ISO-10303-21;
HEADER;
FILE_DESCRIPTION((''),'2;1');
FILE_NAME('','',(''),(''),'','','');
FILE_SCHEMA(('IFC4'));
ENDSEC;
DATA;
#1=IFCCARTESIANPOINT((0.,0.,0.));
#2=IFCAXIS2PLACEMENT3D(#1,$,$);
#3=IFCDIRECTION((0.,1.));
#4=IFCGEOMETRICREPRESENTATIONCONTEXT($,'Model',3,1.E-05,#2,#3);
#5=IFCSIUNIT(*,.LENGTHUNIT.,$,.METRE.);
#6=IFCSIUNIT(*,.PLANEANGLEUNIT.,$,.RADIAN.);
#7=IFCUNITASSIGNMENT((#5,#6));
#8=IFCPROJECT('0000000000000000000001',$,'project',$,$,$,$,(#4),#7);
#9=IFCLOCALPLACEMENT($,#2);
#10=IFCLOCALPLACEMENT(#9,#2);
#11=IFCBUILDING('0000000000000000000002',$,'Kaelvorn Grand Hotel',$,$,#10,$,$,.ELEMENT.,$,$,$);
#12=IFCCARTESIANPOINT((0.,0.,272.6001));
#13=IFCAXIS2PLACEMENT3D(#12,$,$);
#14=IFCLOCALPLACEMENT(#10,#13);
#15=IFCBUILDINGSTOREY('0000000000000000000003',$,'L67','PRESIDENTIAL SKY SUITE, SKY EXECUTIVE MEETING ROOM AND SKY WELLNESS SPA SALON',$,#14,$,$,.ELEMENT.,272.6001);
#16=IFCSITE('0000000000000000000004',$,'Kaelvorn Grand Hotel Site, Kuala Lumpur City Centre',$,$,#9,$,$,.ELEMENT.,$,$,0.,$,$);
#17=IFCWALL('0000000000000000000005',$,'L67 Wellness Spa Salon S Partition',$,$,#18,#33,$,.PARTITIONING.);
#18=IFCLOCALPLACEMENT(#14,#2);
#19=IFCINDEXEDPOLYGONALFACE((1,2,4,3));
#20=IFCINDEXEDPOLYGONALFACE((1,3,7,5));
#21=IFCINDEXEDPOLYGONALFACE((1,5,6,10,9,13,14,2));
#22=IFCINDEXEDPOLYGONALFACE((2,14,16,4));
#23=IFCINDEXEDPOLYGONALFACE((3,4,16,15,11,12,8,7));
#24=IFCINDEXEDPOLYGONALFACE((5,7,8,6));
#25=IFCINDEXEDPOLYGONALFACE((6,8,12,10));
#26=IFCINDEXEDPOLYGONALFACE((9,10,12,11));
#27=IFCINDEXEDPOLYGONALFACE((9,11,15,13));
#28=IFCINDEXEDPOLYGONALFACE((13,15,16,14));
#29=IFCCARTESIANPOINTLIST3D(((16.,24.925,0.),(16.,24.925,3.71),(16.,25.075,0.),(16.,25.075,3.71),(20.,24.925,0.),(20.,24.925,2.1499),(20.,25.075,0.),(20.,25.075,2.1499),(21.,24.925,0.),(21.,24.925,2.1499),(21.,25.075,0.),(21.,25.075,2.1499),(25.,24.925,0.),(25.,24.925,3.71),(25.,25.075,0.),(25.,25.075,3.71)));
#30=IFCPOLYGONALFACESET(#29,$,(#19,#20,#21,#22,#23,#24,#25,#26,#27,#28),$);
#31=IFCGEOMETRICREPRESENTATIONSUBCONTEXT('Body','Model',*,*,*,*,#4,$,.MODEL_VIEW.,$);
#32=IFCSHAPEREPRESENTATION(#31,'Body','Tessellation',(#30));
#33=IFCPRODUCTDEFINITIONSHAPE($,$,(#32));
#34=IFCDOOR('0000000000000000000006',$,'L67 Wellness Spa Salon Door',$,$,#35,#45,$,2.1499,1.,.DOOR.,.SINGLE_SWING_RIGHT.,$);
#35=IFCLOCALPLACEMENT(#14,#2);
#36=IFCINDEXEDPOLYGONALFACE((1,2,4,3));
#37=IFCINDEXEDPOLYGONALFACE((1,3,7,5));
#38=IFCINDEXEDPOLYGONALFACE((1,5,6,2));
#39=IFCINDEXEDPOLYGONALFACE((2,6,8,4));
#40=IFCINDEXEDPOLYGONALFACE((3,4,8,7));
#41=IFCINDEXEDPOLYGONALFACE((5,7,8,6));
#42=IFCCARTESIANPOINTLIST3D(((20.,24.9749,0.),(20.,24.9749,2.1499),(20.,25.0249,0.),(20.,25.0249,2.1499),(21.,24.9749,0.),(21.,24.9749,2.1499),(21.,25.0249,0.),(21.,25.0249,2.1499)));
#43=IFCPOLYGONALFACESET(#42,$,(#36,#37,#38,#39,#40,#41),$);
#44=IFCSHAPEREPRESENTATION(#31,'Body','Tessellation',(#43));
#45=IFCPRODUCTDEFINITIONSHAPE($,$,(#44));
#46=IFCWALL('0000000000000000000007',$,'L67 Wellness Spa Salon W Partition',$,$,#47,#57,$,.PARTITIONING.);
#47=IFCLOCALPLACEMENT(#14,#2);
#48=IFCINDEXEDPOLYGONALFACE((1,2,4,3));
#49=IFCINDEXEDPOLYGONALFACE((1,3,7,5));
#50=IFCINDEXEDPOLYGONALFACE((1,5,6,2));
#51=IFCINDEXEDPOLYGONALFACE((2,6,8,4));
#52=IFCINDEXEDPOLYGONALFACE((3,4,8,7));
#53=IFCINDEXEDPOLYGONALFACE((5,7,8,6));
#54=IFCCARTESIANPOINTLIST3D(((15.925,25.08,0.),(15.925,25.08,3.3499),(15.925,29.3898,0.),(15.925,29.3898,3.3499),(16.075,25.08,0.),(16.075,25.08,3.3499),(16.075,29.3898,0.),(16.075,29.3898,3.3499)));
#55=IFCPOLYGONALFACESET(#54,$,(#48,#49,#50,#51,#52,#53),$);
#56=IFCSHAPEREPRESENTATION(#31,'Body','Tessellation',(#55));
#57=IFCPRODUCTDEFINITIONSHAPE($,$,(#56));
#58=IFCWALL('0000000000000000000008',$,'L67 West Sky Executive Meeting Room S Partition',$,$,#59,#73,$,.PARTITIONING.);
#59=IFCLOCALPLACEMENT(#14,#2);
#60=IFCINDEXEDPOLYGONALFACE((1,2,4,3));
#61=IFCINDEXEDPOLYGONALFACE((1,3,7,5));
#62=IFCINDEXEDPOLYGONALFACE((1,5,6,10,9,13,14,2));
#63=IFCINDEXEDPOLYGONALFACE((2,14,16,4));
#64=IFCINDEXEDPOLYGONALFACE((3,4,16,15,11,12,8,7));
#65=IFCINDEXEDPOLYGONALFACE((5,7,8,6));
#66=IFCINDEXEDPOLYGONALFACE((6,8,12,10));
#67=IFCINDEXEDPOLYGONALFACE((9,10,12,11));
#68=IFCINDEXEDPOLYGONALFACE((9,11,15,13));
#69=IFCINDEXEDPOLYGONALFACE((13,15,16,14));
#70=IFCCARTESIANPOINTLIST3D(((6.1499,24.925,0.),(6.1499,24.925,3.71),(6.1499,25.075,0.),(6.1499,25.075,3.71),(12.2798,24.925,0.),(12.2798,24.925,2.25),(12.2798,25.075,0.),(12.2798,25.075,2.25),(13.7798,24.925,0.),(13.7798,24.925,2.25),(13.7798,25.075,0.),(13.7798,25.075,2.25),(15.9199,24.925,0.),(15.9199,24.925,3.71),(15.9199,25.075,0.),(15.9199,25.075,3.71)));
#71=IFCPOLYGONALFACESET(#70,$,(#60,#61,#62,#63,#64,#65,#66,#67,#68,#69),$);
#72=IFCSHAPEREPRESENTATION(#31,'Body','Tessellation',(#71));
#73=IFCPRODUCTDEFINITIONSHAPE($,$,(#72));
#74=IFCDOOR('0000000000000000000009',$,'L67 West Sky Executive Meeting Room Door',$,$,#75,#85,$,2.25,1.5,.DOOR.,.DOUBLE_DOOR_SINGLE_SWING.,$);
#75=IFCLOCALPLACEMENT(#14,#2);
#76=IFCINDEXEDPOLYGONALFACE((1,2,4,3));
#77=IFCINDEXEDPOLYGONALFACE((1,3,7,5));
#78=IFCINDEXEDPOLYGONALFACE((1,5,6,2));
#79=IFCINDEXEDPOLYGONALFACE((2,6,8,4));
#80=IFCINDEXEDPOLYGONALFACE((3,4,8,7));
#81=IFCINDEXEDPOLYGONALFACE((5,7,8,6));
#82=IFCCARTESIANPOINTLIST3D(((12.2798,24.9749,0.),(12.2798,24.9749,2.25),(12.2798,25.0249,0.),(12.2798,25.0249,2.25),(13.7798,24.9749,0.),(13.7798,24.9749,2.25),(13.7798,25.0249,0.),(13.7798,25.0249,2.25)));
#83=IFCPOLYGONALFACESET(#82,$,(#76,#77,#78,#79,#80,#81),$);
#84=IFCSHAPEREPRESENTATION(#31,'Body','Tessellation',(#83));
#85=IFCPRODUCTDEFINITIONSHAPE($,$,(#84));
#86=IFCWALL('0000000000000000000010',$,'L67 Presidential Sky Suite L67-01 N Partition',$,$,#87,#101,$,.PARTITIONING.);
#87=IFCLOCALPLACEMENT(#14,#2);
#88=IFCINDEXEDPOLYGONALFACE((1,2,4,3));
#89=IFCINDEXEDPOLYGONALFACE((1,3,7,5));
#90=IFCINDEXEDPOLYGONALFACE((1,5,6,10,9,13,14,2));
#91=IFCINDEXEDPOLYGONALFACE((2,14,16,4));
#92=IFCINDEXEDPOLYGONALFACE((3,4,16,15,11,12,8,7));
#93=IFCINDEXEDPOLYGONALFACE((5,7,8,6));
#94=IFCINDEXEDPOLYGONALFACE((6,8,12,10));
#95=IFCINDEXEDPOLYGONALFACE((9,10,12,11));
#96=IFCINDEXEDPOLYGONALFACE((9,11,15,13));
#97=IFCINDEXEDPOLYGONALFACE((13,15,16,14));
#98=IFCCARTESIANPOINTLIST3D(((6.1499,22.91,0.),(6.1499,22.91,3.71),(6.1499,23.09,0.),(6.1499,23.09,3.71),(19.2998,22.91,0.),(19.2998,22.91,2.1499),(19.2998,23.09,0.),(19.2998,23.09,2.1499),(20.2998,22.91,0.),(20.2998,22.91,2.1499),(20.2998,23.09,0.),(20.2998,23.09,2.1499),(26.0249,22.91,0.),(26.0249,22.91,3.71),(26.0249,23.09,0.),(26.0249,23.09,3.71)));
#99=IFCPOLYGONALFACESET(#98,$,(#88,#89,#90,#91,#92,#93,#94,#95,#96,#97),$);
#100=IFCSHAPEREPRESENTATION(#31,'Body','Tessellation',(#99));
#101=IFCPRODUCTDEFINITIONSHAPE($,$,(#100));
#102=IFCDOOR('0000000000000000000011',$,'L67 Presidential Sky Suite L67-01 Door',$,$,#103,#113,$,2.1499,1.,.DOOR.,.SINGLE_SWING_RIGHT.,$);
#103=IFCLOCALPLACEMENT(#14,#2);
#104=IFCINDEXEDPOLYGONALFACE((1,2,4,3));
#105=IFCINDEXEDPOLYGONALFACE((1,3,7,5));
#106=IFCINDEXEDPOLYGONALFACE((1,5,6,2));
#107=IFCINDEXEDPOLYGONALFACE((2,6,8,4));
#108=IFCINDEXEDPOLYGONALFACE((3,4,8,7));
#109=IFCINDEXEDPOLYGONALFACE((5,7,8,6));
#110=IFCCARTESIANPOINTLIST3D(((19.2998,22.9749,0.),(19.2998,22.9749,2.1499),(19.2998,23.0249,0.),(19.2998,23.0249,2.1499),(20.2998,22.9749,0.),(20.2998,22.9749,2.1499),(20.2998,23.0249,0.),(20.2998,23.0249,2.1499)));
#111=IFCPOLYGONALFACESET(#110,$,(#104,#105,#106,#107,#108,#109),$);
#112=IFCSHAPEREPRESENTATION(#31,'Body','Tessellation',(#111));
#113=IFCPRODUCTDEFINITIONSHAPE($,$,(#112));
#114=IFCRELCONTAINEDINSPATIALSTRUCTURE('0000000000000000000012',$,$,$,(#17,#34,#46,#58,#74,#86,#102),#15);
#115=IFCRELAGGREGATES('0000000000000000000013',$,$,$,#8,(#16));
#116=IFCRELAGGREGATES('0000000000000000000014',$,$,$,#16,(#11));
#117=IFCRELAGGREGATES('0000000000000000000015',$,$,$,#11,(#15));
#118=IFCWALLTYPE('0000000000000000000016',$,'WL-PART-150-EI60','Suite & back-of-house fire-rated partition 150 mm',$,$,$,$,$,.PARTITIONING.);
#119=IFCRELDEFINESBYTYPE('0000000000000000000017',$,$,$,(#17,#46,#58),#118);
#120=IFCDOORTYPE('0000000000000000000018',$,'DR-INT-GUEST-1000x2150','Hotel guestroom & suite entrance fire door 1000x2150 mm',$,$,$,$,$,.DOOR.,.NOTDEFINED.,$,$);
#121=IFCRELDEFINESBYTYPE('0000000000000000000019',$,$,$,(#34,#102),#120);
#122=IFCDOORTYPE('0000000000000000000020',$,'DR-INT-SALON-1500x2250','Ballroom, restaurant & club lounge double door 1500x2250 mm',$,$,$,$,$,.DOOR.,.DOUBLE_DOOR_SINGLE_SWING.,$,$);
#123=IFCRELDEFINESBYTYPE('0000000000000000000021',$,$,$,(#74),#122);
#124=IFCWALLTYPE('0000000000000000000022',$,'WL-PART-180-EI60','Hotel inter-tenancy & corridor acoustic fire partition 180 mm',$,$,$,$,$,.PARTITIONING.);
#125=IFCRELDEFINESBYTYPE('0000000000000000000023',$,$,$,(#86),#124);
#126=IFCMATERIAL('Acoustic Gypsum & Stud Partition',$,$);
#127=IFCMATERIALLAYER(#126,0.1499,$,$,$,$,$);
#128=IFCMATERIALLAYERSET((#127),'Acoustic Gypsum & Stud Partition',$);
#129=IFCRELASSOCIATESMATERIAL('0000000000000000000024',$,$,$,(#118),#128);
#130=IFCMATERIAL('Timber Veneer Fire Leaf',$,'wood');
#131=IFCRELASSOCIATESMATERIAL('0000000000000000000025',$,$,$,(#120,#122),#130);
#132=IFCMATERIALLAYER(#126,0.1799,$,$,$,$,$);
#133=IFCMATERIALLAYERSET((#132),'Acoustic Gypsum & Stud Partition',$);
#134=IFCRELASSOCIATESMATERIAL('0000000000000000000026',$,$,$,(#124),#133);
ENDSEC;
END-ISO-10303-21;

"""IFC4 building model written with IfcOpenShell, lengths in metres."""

from ifc_helpers import new_model, si_unit, direction, frame, frame_2d, origin, place, context, subcontext, project, spatial, rectangle, extrude, material, layer, layer_set, type_object, element, fill, save


model = new_model("IFC4")

# Units and contexts
model_context = context("Model", 3, precision=1e-05, world=origin(), true_north=direction((0.0, 1.0)))
body_context = subcontext(model_context, "Body", "Model", "MODEL_VIEW")
ifc_project = project(units=[si_unit("LENGTHUNIT", "METRE"), si_unit("PLANEANGLEUNIT", "RADIAN")], contexts=[model_context])

# Site, building, storey
site_placement = place(None, origin())
site = spatial("IfcSite", under=ifc_project, at=site_placement, Name="Kaelvorn Grand Hotel Site, Kuala Lumpur City Centre", CompositionType="ELEMENT", RefElevation=0.0)
building_placement = place(site_placement, origin())
building = spatial("IfcBuilding", under=site, at=building_placement, Name="Kaelvorn Grand Hotel", CompositionType="ELEMENT")
storey_placement = place(building_placement, frame((0.0, 0.0, 272.6001)))
storey = spatial("IfcBuildingStorey", under=building, at=storey_placement, Name="L67", Description="PRESIDENTIAL SKY SUITE, SKY EXECUTIVE MEETING ROOM AND SKY WELLNESS SPA SALON", CompositionType="ELEMENT", Elevation=272.6001)

# Wall, opening, door
ifc_material_1 = material(Name="Acoustic Gypsum & Stud Partition")
ifc_layer_1 = layer(ifc_material_1, 0.1499)
ifc_layer_set_1 = layer_set([ifc_layer_1], Name="Acoustic Gypsum & Stud Partition")
wall_type_1 = type_object("IfcWallType", Name="WL-PART-150-EI60", Description="Suite & back-of-house fire-rated partition 150 mm", PredefinedType="PARTITIONING", material=ifc_layer_set_1)
wall_1_placement = place(storey_placement, frame((16.0, 25.0, 0.0), z_axis=(0.0, 0.0, 1.0), x_axis=(1.0, 0.0, 0.0)))
wall_1 = element("IfcWall", 1, at=wall_1_placement, inside=storey, type_object=wall_type_1, Name="L67 Wellness Spa Salon S Partition", PredefinedType="PARTITIONING", context=body_context, shape_type="SweptSolid", body=[
    extrude(rectangle(XDim=9.0, YDim=0.1499, at=frame_2d((4.5, 0.0))), origin(), (0.0, 0.0, 1.0), 3.71),
])
opening_1_placement = place(wall_1_placement, frame((4.0, 0.0, 0.0)))
opening_1 = element("IfcOpeningElement", 2, at=opening_1_placement, cuts=wall_1, PredefinedType="OPENING", context=body_context, shape_type="SweptSolid", body=[
    extrude(rectangle(XDim=1.0, YDim=2.1499, at=frame_2d((0.5, 1.075))), frame((0.0, 0.085, 0.0), z_axis=(0.0, -1.0, 0.0), x_axis=(1.0, 0.0, 0.0)), (0.0, 0.0, 1.0), 0.1699),
])
ifc_material_2 = material(Name="Timber Veneer Fire Leaf", Category="wood")
door_type_1 = type_object("IfcDoorType", Name="DR-INT-GUEST-1000x2150", Description="Hotel guestroom & suite entrance fire door 1000x2150 mm", OperationType="NOTDEFINED", PredefinedType="DOOR", material=ifc_material_2)
door_1_placement = place(opening_1_placement, origin())
door_1 = element("IfcDoor", 3, at=door_1_placement, inside=storey, type_object=door_type_1, Name="L67 Wellness Spa Salon Door", OperationType="SINGLE_SWING_RIGHT", OverallHeight=2.1499, OverallWidth=1.0, PredefinedType="DOOR", context=body_context, shape_type="SweptSolid", body=[
    extrude(rectangle(XDim=1.0, YDim=2.1499, at=frame_2d((0.5, 1.075))), frame((0.0, 0.0249, 0.0), z_axis=(0.0, -1.0, 0.0), x_axis=(1.0, 0.0, 0.0)), (0.0, 0.0, 1.0), 0.05),
])
fill(opening_1, door_1)

# Wall
wall_2_placement = place(storey_placement, frame((16.0, 25.0801, 0.0), z_axis=(0.0, 0.0, 1.0), x_axis=(0.0, 1.0, 0.0)))
element("IfcWall", 4, at=wall_2_placement, inside=storey, type_object=wall_type_1, Name="L67 Wellness Spa Salon W Partition", PredefinedType="PARTITIONING", context=body_context, shape_type="SweptSolid", body=[
    extrude(rectangle(XDim=4.3098, YDim=0.1499, at=frame_2d((2.1548, 0.0))), origin(), (0.0, 0.0, 1.0), 3.3499),
])

# Walls, openings, doors
wall_3_placement = place(storey_placement, frame((6.1499, 25.0, 0.0), z_axis=(0.0, 0.0, 1.0), x_axis=(1.0, 0.0, 0.0)))
wall_3 = element("IfcWall", 5, at=wall_3_placement, inside=storey, type_object=wall_type_1, Name="L67 West Sky Executive Meeting Room S Partition", PredefinedType="PARTITIONING", context=body_context, shape_type="SweptSolid", body=[
    extrude(rectangle(XDim=9.77, YDim=0.1499, at=frame_2d((4.885, 0.0))), origin(), (0.0, 0.0, 1.0), 3.71),
])
opening_2_placement = place(wall_3_placement, frame((6.1299, 0.0, 0.0)))
opening_2 = element("IfcOpeningElement", 6, at=opening_2_placement, cuts=wall_3, PredefinedType="OPENING", context=body_context, shape_type="SweptSolid", body=[
    extrude(rectangle(XDim=1.5, YDim=2.25, at=frame_2d((0.75, 1.125))), frame((0.0, 0.085, 0.0), z_axis=(0.0, -1.0, 0.0), x_axis=(1.0, 0.0, 0.0)), (0.0, 0.0, 1.0), 0.1699),
])
door_type_2 = type_object("IfcDoorType", Name="DR-INT-SALON-1500x2250", Description="Ballroom, restaurant & club lounge double door 1500x2250 mm", OperationType="DOUBLE_DOOR_SINGLE_SWING", PredefinedType="DOOR", material=ifc_material_2)
door_2_placement = place(opening_2_placement, origin())
door_2 = element("IfcDoor", 7, at=door_2_placement, inside=storey, type_object=door_type_2, Name="L67 West Sky Executive Meeting Room Door", OperationType="DOUBLE_DOOR_SINGLE_SWING", OverallHeight=2.25, OverallWidth=1.5, PredefinedType="DOOR", context=body_context, shape_type="SweptSolid", body=[
    extrude(rectangle(XDim=1.5, YDim=2.25, at=frame_2d((0.75, 1.125))), frame((0.0, 0.0249, 0.0), z_axis=(0.0, -1.0, 0.0), x_axis=(1.0, 0.0, 0.0)), (0.0, 0.0, 1.0), 0.05),
])
fill(opening_2, door_2)
ifc_layer_2 = layer(ifc_material_1, 0.1799)
ifc_layer_set_2 = layer_set([ifc_layer_2], Name="Acoustic Gypsum & Stud Partition")
wall_type_2 = type_object("IfcWallType", Name="WL-PART-180-EI60", Description="Hotel inter-tenancy & corridor acoustic fire partition 180 mm", PredefinedType="PARTITIONING", material=ifc_layer_set_2)
wall_4_placement = place(storey_placement, frame((6.1499, 23.0, 0.0), z_axis=(0.0, 0.0, 1.0), x_axis=(1.0, 0.0, 0.0)))
wall_4 = element("IfcWall", 8, at=wall_4_placement, inside=storey, type_object=wall_type_2, Name="L67 Presidential Sky Suite L67-01 N Partition", PredefinedType="PARTITIONING", context=body_context, shape_type="SweptSolid", body=[
    extrude(rectangle(XDim=19.875, YDim=0.1799, at=frame_2d((9.9375, 0.0))), origin(), (0.0, 0.0, 1.0), 3.71),
])
opening_3_placement = place(wall_4_placement, frame((13.1499, 0.0, 0.0)))
opening_3 = element("IfcOpeningElement", 9, at=opening_3_placement, cuts=wall_4, PredefinedType="OPENING", context=body_context, shape_type="SweptSolid", body=[
    extrude(rectangle(XDim=1.0, YDim=2.1499, at=frame_2d((0.5, 1.075))), frame((0.0, 0.1001, 0.0), z_axis=(0.0, -1.0, 0.0), x_axis=(1.0, 0.0, 0.0)), (0.0, 0.0, 1.0), 0.2),
])
door_3_placement = place(opening_3_placement, origin())
door_3 = element("IfcDoor", 10, at=door_3_placement, inside=storey, type_object=door_type_1, Name="L67 Presidential Sky Suite L67-01 Door", OperationType="SINGLE_SWING_RIGHT", OverallHeight=2.1499, OverallWidth=1.0, PredefinedType="DOOR", context=body_context, shape_type="SweptSolid", body=[
    extrude(rectangle(XDim=1.0, YDim=2.1499, at=frame_2d((0.5, 1.075))), frame((0.0, 0.0249, 0.0), z_axis=(0.0, -1.0, 0.0), x_axis=(1.0, 0.0, 0.0)), (0.0, 0.0, 1.0), 0.05),
])
fill(opening_3, door_3)

save(model, "model.ifc")
